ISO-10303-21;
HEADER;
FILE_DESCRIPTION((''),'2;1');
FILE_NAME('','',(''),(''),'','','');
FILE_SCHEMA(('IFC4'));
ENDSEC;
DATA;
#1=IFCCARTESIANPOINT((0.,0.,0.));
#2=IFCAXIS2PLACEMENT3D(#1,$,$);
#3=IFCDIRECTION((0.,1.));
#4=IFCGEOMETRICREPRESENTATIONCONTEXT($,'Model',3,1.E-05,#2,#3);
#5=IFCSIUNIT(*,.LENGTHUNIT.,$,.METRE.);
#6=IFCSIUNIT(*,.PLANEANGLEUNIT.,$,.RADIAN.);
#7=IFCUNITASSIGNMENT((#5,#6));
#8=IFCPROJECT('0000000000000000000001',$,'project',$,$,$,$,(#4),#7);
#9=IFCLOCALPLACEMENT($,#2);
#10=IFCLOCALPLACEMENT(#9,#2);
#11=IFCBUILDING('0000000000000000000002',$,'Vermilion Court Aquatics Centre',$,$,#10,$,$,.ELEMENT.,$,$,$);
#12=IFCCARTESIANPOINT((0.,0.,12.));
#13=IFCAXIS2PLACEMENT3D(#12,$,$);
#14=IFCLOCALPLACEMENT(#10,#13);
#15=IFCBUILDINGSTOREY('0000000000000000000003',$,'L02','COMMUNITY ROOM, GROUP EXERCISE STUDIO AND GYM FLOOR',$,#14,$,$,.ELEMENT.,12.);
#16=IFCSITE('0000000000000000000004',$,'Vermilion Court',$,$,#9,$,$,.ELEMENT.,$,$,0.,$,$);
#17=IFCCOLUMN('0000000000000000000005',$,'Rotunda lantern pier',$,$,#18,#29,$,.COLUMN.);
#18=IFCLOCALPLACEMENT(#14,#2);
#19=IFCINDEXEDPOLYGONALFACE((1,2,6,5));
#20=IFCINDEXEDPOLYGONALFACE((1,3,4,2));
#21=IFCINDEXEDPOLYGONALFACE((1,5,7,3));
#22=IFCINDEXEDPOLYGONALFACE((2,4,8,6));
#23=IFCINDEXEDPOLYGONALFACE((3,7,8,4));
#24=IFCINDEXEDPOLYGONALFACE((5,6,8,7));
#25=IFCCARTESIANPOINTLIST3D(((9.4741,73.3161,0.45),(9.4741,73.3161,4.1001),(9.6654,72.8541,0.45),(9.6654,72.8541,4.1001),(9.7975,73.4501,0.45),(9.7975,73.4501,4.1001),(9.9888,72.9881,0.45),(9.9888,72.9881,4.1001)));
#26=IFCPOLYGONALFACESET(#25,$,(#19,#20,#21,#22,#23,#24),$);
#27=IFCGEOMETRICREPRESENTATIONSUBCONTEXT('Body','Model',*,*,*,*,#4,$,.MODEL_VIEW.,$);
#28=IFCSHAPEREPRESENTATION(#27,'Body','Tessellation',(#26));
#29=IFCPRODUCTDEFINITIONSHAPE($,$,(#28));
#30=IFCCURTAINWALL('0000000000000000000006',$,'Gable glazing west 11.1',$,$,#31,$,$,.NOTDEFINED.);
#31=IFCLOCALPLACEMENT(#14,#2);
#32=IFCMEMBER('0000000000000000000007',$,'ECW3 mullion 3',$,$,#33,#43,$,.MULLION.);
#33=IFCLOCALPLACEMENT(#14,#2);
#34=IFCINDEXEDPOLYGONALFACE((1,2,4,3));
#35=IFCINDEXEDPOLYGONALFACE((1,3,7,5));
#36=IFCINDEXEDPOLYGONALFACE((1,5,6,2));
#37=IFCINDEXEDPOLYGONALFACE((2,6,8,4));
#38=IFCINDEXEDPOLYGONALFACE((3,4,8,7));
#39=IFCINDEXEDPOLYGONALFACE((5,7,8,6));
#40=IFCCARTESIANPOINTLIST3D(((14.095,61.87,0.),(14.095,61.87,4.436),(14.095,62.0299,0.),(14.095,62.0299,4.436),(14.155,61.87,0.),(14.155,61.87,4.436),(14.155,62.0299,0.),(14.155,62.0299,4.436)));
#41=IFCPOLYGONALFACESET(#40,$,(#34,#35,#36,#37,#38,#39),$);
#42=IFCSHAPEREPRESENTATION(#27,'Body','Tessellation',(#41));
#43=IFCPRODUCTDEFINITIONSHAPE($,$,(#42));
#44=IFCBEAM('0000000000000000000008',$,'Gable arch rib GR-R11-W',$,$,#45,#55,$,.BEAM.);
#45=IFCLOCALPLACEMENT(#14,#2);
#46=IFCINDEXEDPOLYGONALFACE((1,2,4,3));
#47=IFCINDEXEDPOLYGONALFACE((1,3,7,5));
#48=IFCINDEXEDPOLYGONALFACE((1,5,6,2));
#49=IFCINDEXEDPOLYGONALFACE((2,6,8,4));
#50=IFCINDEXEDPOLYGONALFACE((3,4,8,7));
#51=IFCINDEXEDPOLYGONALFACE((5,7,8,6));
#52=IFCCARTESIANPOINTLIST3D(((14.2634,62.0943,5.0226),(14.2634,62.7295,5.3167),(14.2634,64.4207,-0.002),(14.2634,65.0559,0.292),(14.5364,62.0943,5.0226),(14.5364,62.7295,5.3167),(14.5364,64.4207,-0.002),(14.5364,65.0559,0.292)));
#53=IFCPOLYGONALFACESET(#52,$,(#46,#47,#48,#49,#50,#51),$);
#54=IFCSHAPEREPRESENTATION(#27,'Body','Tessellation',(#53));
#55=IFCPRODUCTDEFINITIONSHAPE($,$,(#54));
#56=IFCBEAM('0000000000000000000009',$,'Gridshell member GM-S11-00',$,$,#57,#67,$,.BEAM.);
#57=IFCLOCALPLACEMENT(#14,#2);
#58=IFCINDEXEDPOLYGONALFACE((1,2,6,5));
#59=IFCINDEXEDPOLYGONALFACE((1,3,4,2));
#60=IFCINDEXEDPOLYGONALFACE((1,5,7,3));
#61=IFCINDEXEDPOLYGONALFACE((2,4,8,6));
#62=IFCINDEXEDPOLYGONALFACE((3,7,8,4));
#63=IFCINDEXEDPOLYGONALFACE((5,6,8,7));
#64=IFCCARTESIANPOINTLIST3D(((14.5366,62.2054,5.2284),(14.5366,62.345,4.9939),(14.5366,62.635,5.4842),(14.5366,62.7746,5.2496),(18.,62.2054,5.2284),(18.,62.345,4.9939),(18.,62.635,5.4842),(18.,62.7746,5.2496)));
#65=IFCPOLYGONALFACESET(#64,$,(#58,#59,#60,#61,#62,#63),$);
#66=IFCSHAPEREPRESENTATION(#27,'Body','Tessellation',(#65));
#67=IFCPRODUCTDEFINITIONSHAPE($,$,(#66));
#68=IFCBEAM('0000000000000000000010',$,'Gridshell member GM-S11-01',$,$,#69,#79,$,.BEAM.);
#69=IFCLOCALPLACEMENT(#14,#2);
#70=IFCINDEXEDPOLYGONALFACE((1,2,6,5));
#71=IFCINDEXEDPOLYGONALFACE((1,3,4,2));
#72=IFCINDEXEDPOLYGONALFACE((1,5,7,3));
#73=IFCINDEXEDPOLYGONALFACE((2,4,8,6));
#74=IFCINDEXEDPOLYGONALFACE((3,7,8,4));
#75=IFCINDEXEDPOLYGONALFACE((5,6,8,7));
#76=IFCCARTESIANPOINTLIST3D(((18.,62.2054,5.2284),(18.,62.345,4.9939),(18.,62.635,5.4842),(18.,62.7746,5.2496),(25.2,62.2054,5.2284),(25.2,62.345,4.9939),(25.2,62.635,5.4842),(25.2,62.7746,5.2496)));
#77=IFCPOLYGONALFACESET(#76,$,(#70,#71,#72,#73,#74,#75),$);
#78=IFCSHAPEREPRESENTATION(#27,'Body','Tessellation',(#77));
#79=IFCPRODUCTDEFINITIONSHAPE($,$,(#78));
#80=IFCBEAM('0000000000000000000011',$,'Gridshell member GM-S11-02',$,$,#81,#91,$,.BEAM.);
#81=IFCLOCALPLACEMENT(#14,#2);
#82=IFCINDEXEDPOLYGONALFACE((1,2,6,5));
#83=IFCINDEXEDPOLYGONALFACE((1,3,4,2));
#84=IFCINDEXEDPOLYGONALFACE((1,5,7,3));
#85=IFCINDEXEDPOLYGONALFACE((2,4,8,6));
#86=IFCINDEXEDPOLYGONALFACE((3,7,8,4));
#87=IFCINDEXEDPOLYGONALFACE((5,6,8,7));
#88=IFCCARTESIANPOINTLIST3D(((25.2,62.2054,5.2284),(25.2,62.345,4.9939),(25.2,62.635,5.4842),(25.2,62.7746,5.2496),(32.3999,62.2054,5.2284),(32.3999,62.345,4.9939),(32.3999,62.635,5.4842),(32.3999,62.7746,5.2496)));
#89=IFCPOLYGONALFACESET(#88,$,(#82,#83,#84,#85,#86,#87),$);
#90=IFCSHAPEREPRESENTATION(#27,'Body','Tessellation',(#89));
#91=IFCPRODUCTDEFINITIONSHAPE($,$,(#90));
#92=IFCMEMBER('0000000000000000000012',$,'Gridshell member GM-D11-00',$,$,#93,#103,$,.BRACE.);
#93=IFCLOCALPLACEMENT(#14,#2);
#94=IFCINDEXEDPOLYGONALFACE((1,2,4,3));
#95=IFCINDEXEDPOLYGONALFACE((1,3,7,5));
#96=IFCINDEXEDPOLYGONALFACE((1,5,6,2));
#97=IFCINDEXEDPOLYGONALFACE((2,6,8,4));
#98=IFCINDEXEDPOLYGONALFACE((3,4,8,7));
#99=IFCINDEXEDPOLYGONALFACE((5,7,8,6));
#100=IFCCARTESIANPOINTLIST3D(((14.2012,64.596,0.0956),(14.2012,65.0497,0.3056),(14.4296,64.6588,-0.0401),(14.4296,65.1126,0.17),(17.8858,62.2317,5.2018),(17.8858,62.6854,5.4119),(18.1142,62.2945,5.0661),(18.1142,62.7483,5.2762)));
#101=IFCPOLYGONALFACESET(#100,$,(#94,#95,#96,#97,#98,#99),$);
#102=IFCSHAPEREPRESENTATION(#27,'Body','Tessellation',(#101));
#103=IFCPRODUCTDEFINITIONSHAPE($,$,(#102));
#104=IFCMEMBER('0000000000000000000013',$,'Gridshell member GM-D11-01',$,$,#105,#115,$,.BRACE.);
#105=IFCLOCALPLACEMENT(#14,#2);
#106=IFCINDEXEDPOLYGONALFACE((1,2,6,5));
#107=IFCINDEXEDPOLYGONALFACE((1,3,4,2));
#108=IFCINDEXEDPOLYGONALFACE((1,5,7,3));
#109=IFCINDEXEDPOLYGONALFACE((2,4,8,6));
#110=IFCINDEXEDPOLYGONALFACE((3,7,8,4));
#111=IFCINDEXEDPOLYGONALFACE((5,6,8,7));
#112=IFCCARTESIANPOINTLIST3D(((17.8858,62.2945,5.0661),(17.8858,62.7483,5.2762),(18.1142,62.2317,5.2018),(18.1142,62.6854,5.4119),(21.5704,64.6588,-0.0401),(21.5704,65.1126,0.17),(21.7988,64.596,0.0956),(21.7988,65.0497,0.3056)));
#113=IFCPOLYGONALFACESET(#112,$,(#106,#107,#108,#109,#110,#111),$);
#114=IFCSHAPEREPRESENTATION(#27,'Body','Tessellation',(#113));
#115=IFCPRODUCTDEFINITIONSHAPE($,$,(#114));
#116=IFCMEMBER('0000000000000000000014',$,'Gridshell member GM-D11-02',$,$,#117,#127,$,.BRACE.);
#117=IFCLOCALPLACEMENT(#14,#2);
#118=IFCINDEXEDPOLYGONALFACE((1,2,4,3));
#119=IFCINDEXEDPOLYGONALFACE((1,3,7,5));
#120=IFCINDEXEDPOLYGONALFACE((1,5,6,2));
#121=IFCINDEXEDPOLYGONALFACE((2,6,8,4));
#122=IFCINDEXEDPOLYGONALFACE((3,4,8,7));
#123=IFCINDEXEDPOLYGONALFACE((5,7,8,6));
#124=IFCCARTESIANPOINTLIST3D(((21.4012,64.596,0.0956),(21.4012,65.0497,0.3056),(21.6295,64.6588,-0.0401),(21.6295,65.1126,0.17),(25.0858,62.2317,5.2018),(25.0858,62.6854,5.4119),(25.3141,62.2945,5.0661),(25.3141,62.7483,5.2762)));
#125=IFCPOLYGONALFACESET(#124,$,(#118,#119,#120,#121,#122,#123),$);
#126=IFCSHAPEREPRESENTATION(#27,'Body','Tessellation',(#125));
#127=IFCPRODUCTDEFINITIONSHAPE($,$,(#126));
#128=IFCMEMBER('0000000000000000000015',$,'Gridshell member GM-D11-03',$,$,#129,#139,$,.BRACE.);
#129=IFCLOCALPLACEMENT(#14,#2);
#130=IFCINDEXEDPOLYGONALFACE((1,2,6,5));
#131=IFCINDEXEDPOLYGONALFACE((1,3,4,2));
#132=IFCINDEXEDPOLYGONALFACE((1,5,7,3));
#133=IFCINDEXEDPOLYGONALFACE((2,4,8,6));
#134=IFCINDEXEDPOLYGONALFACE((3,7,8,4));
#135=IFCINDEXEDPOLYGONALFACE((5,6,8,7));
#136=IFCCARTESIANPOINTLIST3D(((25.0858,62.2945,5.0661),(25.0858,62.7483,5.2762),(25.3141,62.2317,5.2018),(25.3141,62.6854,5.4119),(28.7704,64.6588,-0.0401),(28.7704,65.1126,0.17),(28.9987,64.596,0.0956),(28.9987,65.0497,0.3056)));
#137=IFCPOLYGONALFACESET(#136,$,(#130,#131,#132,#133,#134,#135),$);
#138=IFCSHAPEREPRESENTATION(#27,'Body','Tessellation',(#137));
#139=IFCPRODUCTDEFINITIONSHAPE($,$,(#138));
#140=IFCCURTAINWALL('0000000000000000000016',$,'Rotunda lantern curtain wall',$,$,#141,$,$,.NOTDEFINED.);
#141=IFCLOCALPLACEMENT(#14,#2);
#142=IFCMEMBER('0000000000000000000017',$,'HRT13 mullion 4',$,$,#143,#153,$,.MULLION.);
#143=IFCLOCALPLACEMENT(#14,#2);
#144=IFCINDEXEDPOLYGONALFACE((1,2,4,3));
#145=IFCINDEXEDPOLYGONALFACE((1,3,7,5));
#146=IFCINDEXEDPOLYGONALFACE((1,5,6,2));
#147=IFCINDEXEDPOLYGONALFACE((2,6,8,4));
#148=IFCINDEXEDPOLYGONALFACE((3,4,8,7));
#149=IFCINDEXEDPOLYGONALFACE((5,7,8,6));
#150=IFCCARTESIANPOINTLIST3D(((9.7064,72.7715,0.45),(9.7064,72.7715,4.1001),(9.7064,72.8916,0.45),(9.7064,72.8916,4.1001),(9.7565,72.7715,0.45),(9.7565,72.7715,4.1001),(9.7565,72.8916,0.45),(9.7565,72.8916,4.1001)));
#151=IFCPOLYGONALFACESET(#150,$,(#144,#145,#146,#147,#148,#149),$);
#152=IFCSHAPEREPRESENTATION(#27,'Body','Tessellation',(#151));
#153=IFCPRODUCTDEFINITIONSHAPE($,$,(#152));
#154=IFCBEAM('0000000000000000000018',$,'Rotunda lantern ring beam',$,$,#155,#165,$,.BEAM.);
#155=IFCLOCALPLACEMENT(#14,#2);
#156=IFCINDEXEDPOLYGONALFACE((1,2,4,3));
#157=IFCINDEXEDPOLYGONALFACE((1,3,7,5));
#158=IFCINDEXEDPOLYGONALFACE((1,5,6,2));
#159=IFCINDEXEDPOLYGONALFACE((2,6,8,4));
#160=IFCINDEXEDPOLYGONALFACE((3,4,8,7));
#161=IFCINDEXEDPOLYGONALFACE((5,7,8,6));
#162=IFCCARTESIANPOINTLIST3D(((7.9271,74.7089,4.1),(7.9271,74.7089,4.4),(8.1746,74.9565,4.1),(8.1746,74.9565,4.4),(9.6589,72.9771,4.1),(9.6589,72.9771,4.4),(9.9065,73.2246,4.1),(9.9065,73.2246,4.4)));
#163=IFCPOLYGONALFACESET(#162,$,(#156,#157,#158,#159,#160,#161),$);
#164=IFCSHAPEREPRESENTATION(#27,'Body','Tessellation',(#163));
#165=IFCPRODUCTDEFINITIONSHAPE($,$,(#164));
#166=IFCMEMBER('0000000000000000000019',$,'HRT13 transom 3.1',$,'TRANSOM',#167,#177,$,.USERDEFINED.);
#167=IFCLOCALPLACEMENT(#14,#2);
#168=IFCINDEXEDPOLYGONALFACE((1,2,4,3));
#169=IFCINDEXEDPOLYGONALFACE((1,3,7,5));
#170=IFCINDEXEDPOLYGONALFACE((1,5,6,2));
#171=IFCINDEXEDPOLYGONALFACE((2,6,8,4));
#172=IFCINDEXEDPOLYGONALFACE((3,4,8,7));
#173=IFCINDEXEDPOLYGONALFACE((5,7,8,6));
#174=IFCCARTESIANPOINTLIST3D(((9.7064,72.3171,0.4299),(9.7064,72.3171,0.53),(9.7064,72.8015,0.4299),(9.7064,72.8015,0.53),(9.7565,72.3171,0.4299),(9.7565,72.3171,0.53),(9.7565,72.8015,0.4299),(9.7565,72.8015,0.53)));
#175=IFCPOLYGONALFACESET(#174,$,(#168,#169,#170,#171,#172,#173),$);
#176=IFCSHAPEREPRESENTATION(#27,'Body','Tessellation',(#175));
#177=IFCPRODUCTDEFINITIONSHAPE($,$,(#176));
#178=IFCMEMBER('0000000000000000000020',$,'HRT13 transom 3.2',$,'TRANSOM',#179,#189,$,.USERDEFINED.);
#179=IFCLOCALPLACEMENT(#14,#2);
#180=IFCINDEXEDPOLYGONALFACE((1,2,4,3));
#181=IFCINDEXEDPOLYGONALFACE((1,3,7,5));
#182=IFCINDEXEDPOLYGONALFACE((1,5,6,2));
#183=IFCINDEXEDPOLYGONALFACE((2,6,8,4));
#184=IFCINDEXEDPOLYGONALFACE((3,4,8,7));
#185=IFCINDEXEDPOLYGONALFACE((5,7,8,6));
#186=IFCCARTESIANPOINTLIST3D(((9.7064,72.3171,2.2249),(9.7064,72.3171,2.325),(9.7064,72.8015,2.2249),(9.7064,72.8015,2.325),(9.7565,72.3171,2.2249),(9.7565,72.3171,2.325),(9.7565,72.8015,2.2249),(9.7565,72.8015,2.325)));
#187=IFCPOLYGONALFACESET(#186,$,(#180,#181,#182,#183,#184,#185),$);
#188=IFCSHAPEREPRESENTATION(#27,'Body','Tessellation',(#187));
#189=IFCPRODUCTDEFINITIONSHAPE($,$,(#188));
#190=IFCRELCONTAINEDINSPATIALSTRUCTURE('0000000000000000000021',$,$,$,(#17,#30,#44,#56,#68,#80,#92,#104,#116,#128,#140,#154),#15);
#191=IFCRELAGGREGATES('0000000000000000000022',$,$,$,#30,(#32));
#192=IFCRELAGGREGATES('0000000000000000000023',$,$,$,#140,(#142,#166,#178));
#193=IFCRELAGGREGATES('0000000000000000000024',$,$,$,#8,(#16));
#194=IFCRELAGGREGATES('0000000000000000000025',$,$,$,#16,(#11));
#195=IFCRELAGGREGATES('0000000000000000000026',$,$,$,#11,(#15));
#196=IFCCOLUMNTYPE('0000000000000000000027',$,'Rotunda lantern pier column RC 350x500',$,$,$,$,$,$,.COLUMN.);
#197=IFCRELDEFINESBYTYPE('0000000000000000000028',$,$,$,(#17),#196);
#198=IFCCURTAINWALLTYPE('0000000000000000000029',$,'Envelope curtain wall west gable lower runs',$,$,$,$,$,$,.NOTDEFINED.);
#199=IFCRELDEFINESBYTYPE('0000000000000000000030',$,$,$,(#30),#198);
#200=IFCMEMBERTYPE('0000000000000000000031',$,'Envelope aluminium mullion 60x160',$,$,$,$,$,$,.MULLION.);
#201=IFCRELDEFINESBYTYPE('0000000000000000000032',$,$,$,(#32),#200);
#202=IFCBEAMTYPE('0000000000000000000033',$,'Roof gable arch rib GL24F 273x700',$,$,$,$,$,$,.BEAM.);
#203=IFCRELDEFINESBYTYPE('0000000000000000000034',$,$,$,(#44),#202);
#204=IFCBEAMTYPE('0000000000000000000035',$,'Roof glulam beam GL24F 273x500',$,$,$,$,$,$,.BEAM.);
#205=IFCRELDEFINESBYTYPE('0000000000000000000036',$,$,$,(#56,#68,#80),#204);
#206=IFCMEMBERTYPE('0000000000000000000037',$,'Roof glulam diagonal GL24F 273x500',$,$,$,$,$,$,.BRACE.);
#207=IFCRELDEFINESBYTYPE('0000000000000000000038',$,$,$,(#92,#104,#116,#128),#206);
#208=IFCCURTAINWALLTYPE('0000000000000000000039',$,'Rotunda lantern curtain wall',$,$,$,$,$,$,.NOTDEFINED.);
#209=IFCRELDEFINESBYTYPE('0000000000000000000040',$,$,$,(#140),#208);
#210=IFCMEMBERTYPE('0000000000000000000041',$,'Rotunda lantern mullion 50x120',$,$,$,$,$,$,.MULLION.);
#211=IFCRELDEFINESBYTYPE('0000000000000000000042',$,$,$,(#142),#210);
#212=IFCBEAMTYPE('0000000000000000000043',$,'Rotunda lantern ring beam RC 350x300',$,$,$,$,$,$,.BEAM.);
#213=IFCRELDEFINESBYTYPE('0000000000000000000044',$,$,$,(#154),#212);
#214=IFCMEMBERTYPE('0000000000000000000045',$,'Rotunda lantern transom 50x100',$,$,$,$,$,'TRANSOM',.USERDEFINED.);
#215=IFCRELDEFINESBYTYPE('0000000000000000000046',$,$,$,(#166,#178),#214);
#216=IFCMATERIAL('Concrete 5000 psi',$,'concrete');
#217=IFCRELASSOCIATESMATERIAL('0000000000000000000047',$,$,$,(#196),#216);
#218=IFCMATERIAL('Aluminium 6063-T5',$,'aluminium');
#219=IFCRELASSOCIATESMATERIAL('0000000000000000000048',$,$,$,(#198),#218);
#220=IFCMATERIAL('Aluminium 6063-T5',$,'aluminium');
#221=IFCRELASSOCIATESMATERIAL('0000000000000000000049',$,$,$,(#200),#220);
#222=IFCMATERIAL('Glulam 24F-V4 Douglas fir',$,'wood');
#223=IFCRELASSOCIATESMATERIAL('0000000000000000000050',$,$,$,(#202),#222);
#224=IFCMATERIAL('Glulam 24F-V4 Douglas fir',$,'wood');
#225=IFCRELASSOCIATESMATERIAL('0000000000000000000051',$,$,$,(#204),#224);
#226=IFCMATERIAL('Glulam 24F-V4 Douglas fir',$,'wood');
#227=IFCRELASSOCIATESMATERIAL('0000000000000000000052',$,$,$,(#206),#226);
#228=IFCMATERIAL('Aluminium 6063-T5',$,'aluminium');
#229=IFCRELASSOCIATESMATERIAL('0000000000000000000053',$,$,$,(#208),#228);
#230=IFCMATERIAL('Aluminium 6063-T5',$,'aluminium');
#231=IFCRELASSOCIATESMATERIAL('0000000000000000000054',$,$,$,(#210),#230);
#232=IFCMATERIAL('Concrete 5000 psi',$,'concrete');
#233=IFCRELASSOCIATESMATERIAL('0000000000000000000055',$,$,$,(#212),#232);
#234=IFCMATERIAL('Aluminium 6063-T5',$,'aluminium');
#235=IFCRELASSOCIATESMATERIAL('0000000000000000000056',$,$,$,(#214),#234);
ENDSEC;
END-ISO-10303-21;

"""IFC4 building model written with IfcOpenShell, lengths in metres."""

from ifc_helpers import new_model, si_unit, direction, frame, origin, origin_2d, place, context, subcontext, project, spatial, rectangle, extrude, material, material_profile, profile_set, type_object, element, aggregate, save


model = new_model("IFC4")

# Units and contexts
model_context = context("Model", 3, precision=1e-05, world=origin(), true_north=direction((0.0, 1.0)))
body_context = subcontext(model_context, "Body", "Model", "MODEL_VIEW")
ifc_project = project(units=[si_unit("LENGTHUNIT", "METRE"), si_unit("PLANEANGLEUNIT", "RADIAN")], contexts=[model_context])

# Site, building, storey
site_placement = place(None, origin())
site = spatial("IfcSite", under=ifc_project, at=site_placement, Name="Vermilion Court", CompositionType="ELEMENT", RefElevation=0.0)
building_placement = place(site_placement, origin())
building = spatial("IfcBuilding", under=site, at=building_placement, Name="Vermilion Court Aquatics Centre", CompositionType="ELEMENT")
storey_placement = place(building_placement, frame((0.0, 0.0, 12.0)))
storey = spatial("IfcBuildingStorey", under=building, at=storey_placement, Name="L02", Description="COMMUNITY ROOM, GROUP EXERCISE STUDIO AND GYM FLOOR", CompositionType="ELEMENT", Elevation=12.0)

# Column
ifc_material_1 = material(Name="Concrete 5000 psi", Category="concrete")
ifc_material_profile_1 = material_profile(ifc_material_1, rectangle(XDim=0.3501, YDim=0.5, at=origin_2d()), Name="RC 350x500")
ifc_profile_set_1 = profile_set([ifc_material_profile_1], Name="Concrete 5000 psi")
column_type = type_object("IfcColumnType", Name="Rotunda lantern pier column RC 350x500", PredefinedType="COLUMN", material=ifc_profile_set_1)
column_placement = place(storey_placement, frame((9.7314, 73.1521, 0.45), z_axis=(0.0, 0.0, 1.0), x_axis=(0.92388, 0.382683, 0.0)))
element("IfcColumn", 1, at=column_placement, inside=storey, type_object=column_type, Name="Rotunda lantern pier", PredefinedType="COLUMN", context=body_context, shape_type="SweptSolid", body=[
    extrude(rectangle(XDim=0.3501, YDim=0.5, at=origin_2d()), origin(), (0.0, 0.0, 1.0), 3.6501),
])

# Curtain wall, member
ifc_material_2 = material(Name="Aluminium 6063-T5", Category="aluminium")
curtain_wall_type_1 = type_object("IfcCurtainWallType", Name="Envelope curtain wall west gable lower runs", PredefinedType="NOTDEFINED", material=ifc_material_2)
curtain_wall_1_placement = place(storey_placement, origin())
curtain_wall_1 = element("IfcCurtainWall", 2, at=curtain_wall_1_placement, inside=storey, type_object=curtain_wall_type_1, Name="Gable glazing west 11.1", PredefinedType="NOTDEFINED")
ifc_material_3 = material(Name="Aluminium 6063-T5", Category="aluminium")
ifc_material_profile_2 = material_profile(ifc_material_3, rectangle(XDim=0.0601, YDim=0.1599, at=origin_2d()), Name="AL 60x160")
ifc_profile_set_2 = profile_set([ifc_material_profile_2], Name="Aluminium 6063-T5")
member_type_1 = type_object("IfcMemberType", Name="Envelope aluminium mullion 60x160", PredefinedType="MULLION", material=ifc_profile_set_2)
member_1_placement = place(storey_placement, frame((14.125, 61.95, 0.0), z_axis=(0.0, 0.0, 1.0), x_axis=(-1.0, 0.0, 0.0)))
member_1 = element("IfcMember", 3, at=member_1_placement, type_object=member_type_1, Name="ECW3 mullion 3", PredefinedType="MULLION", context=body_context, shape_type="SweptSolid", body=[
    extrude(rectangle(XDim=0.0601, YDim=0.1599, at=origin_2d()), origin(), (0.0, 0.0, 1.0), 4.436),
])

# Beams
ifc_material_4 = material(Name="Glulam 24F-V4 Douglas fir", Category="wood")
ifc_material_profile_3 = material_profile(ifc_material_4, rectangle(XDim=0.2729, YDim=0.7, at=origin_2d()), Name="GL24F 273x700")
ifc_profile_set_3 = profile_set([ifc_material_profile_3], Name="Glulam 24F-V4 Douglas fir")
beam_type_1 = type_object("IfcBeamType", Name="Roof gable arch rib GL24F 273x700", PredefinedType="BEAM", material=ifc_profile_set_3)
beam_1_placement = place(storey_placement, frame((14.3999, 62.4119, 5.1697), z_axis=(0.0, 0.420151, -0.907454), x_axis=(-1.0, 0.0, 0.0)))
element("IfcBeam", 4, at=beam_1_placement, inside=storey, type_object=beam_type_1, Name="Gable arch rib GR-R11-W", PredefinedType="BEAM", context=body_context, shape_type="SweptSolid", body=[
    extrude(rectangle(XDim=0.2729, YDim=0.7, at=origin_2d()), origin(), (0.0, 0.0, 1.0), 5.5371),
])
ifc_material_5 = material(Name="Glulam 24F-V4 Douglas fir", Category="wood")
ifc_material_profile_4 = material_profile(ifc_material_5, rectangle(XDim=0.2729, YDim=0.5, at=origin_2d()), Name="GL24F 273x500")
ifc_profile_set_4 = profile_set([ifc_material_profile_4], Name="Glulam 24F-V4 Douglas fir")
beam_type_2 = type_object("IfcBeamType", Name="Roof glulam beam GL24F 273x500", PredefinedType="BEAM", material=ifc_profile_set_4)
beam_2_placement = place(storey_placement, frame((14.5366, 62.49, 5.239), z_axis=(1.0, 0.0, 0.0), x_axis=(0.0, 0.511595, -0.859227)))
element("IfcBeam", 5, at=beam_2_placement, inside=storey, type_object=beam_type_2, Name="Gridshell member GM-S11-00", PredefinedType="BEAM", context=body_context, shape_type="SweptSolid", body=[
    extrude(rectangle(XDim=0.2729, YDim=0.5, at=origin_2d()), origin(), (0.0, 0.0, 1.0), 3.4634),
])
for number, where, z_axis, x_axis, name in (
    (6, (18.0, 62.49, 5.239), (1.0, 0.0, 0.0), (0.0, 0.511595, -0.859227), "Gridshell member GM-S11-01"),
    (7, (25.2, 62.49, 5.239), (1.0, 0.0, 0.0), (0.0, 0.511595, -0.859227), "Gridshell member GM-S11-02"),
):
    element("IfcBeam", number, at=place(storey_placement, frame(where, z_axis=z_axis, x_axis=x_axis)), inside=storey, type_object=beam_type_2, Name=name, PredefinedType="BEAM", context=body_context, shape_type="SweptSolid", body=[
        extrude(rectangle(XDim=0.2729, YDim=0.5, at=origin_2d()), origin(), (0.0, 0.0, 1.0), 7.2),
    ])

# Members
ifc_material_6 = material(Name="Glulam 24F-V4 Douglas fir", Category="wood")
ifc_material_profile_5 = material_profile(ifc_material_6, rectangle(XDim=0.2729, YDim=0.5, at=origin_2d()), Name="GL24F 273x500")
ifc_profile_set_5 = profile_set([ifc_material_profile_5], Name="Glulam 24F-V4 Douglas fir")
member_type_2 = type_object("IfcMemberType", Name="Roof glulam diagonal GL24F 273x500", PredefinedType="BRACE", material=ifc_profile_set_5)
for number, where, z_axis, x_axis, name in (
    (8, (18.0, 62.49, 5.239), (-0.54781, 0.35151, -0.759174), (-0.836603, -0.230193, 0.497099), "Gridshell member GM-D11-00"),
    (9, (18.0, 62.49, 5.239), (0.54781, 0.35151, -0.759174), (-0.836603, 0.230193, -0.497099), "Gridshell member GM-D11-01"),
    (10, (25.2, 62.49, 5.239), (-0.54781, 0.35151, -0.759174), (-0.836603, -0.230193, 0.497099), "Gridshell member GM-D11-02"),
    (11, (25.2, 62.49, 5.239), (0.54781, 0.35151, -0.759174), (-0.836603, 0.230193, -0.497099), "Gridshell member GM-D11-03"),
):
    element("IfcMember", number, at=place(storey_placement, frame(where, z_axis=z_axis, x_axis=x_axis)), inside=storey, type_object=member_type_2, Name=name, PredefinedType="BRACE", context=body_context, shape_type="SweptSolid", body=[
        extrude(rectangle(XDim=0.2729, YDim=0.5, at=origin_2d()), origin(), (0.0, 0.0, 1.0), 6.7261),
    ])

# Curtain wall, member
ifc_material_7 = material(Name="Aluminium 6063-T5", Category="aluminium")
curtain_wall_type_2 = type_object("IfcCurtainWallType", Name="Rotunda lantern curtain wall", PredefinedType="NOTDEFINED", material=ifc_material_7)
curtain_wall_2_placement = place(storey_placement, origin())
curtain_wall_2 = element("IfcCurtainWall", 12, at=curtain_wall_2_placement, inside=storey, type_object=curtain_wall_type_2, Name="Rotunda lantern curtain wall", PredefinedType="NOTDEFINED")
ifc_material_8 = material(Name="Aluminium 6063-T5", Category="aluminium")
ifc_material_profile_6 = material_profile(ifc_material_8, rectangle(XDim=0.05, YDim=0.1201, at=origin_2d()), Name="Aluminium 50x120")
ifc_profile_set_6 = profile_set([ifc_material_profile_6], Name="Aluminium 6063-T5")
member_type_3 = type_object("IfcMemberType", Name="Rotunda lantern mullion 50x120", PredefinedType="MULLION", material=ifc_profile_set_6)
member_2_placement = place(storey_placement, frame((9.7314, 72.8315, 0.45), z_axis=(0.0, 0.0, 1.0), x_axis=(-1.0, 0.0, 0.0)))
member_2 = element("IfcMember", 13, at=member_2_placement, type_object=member_type_3, Name="HRT13 mullion 4", PredefinedType="MULLION", context=body_context, shape_type="SweptSolid", body=[
    extrude(rectangle(XDim=0.05, YDim=0.1201, at=origin_2d()), origin(), (0.0, 0.0, 1.0), 3.6501),
])

# Beam
ifc_material_9 = material(Name="Concrete 5000 psi", Category="concrete")
ifc_material_profile_7 = material_profile(ifc_material_9, rectangle(XDim=0.3501, YDim=0.3, at=origin_2d()), Name="RC 350x300")
ifc_profile_set_7 = profile_set([ifc_material_profile_7], Name="Concrete 5000 psi")
beam_type_3 = type_object("IfcBeamType", Name="Rotunda lantern ring beam RC 350x300", PredefinedType="BEAM", material=ifc_profile_set_7)
beam_3_placement = place(storey_placement, frame((9.7827, 73.1008, 4.25), z_axis=(-0.707107, 0.707107, 0.0), x_axis=(-0.707107, -0.707107, 0.0)))
element("IfcBeam", 14, at=beam_3_placement, inside=storey, type_object=beam_type_3, Name="Rotunda lantern ring beam", PredefinedType="BEAM", context=body_context, shape_type="SweptSolid", body=[
    extrude(rectangle(XDim=0.3501, YDim=0.3, at=origin_2d()), origin(), (0.0, 0.0, 1.0), 2.4492),
])

# Members
ifc_material_10 = material(Name="Aluminium 6063-T5", Category="aluminium")
ifc_material_profile_8 = material_profile(ifc_material_10, rectangle(XDim=0.05, YDim=0.1001, at=origin_2d()), Name="Aluminium 50x100")
ifc_profile_set_8 = profile_set([ifc_material_profile_8], Name="Aluminium 6063-T5")
member_type_4 = type_object("IfcMemberType", Name="Rotunda lantern transom 50x100", ElementType="TRANSOM", PredefinedType="USERDEFINED", material=ifc_profile_set_8)
member_3_placement = place(storey_placement, frame((9.7314, 72.3171, 0.48), z_axis=(0.0, 1.0, 0.0), x_axis=(-1.0, 0.0, 0.0)))
member_3 = element("IfcMember", 15, at=member_3_placement, type_object=member_type_4, Name="HRT13 transom 3.1", ObjectType="TRANSOM", PredefinedType="USERDEFINED", context=body_context, shape_type="SweptSolid", body=[
    extrude(rectangle(XDim=0.05, YDim=0.1001, at=origin_2d()), origin(), (0.0, 0.0, 1.0), 0.4844),
])
member_4_placement = place(storey_placement, frame((9.7314, 72.3171, 2.2749), z_axis=(0.0, 1.0, 0.0), x_axis=(-1.0, 0.0, 0.0)))
member_4 = element("IfcMember", 16, at=member_4_placement, type_object=member_type_4, Name="HRT13 transom 3.2", ObjectType="TRANSOM", PredefinedType="USERDEFINED", context=body_context, shape_type="SweptSolid", body=[
    extrude(rectangle(XDim=0.05, YDim=0.1001, at=origin_2d()), origin(), (0.0, 0.0, 1.0), 0.4844),
])

aggregate(curtain_wall_1, [member_1])
aggregate(curtain_wall_2, [member_2, member_3, member_4])

save(model, "model.ifc")
